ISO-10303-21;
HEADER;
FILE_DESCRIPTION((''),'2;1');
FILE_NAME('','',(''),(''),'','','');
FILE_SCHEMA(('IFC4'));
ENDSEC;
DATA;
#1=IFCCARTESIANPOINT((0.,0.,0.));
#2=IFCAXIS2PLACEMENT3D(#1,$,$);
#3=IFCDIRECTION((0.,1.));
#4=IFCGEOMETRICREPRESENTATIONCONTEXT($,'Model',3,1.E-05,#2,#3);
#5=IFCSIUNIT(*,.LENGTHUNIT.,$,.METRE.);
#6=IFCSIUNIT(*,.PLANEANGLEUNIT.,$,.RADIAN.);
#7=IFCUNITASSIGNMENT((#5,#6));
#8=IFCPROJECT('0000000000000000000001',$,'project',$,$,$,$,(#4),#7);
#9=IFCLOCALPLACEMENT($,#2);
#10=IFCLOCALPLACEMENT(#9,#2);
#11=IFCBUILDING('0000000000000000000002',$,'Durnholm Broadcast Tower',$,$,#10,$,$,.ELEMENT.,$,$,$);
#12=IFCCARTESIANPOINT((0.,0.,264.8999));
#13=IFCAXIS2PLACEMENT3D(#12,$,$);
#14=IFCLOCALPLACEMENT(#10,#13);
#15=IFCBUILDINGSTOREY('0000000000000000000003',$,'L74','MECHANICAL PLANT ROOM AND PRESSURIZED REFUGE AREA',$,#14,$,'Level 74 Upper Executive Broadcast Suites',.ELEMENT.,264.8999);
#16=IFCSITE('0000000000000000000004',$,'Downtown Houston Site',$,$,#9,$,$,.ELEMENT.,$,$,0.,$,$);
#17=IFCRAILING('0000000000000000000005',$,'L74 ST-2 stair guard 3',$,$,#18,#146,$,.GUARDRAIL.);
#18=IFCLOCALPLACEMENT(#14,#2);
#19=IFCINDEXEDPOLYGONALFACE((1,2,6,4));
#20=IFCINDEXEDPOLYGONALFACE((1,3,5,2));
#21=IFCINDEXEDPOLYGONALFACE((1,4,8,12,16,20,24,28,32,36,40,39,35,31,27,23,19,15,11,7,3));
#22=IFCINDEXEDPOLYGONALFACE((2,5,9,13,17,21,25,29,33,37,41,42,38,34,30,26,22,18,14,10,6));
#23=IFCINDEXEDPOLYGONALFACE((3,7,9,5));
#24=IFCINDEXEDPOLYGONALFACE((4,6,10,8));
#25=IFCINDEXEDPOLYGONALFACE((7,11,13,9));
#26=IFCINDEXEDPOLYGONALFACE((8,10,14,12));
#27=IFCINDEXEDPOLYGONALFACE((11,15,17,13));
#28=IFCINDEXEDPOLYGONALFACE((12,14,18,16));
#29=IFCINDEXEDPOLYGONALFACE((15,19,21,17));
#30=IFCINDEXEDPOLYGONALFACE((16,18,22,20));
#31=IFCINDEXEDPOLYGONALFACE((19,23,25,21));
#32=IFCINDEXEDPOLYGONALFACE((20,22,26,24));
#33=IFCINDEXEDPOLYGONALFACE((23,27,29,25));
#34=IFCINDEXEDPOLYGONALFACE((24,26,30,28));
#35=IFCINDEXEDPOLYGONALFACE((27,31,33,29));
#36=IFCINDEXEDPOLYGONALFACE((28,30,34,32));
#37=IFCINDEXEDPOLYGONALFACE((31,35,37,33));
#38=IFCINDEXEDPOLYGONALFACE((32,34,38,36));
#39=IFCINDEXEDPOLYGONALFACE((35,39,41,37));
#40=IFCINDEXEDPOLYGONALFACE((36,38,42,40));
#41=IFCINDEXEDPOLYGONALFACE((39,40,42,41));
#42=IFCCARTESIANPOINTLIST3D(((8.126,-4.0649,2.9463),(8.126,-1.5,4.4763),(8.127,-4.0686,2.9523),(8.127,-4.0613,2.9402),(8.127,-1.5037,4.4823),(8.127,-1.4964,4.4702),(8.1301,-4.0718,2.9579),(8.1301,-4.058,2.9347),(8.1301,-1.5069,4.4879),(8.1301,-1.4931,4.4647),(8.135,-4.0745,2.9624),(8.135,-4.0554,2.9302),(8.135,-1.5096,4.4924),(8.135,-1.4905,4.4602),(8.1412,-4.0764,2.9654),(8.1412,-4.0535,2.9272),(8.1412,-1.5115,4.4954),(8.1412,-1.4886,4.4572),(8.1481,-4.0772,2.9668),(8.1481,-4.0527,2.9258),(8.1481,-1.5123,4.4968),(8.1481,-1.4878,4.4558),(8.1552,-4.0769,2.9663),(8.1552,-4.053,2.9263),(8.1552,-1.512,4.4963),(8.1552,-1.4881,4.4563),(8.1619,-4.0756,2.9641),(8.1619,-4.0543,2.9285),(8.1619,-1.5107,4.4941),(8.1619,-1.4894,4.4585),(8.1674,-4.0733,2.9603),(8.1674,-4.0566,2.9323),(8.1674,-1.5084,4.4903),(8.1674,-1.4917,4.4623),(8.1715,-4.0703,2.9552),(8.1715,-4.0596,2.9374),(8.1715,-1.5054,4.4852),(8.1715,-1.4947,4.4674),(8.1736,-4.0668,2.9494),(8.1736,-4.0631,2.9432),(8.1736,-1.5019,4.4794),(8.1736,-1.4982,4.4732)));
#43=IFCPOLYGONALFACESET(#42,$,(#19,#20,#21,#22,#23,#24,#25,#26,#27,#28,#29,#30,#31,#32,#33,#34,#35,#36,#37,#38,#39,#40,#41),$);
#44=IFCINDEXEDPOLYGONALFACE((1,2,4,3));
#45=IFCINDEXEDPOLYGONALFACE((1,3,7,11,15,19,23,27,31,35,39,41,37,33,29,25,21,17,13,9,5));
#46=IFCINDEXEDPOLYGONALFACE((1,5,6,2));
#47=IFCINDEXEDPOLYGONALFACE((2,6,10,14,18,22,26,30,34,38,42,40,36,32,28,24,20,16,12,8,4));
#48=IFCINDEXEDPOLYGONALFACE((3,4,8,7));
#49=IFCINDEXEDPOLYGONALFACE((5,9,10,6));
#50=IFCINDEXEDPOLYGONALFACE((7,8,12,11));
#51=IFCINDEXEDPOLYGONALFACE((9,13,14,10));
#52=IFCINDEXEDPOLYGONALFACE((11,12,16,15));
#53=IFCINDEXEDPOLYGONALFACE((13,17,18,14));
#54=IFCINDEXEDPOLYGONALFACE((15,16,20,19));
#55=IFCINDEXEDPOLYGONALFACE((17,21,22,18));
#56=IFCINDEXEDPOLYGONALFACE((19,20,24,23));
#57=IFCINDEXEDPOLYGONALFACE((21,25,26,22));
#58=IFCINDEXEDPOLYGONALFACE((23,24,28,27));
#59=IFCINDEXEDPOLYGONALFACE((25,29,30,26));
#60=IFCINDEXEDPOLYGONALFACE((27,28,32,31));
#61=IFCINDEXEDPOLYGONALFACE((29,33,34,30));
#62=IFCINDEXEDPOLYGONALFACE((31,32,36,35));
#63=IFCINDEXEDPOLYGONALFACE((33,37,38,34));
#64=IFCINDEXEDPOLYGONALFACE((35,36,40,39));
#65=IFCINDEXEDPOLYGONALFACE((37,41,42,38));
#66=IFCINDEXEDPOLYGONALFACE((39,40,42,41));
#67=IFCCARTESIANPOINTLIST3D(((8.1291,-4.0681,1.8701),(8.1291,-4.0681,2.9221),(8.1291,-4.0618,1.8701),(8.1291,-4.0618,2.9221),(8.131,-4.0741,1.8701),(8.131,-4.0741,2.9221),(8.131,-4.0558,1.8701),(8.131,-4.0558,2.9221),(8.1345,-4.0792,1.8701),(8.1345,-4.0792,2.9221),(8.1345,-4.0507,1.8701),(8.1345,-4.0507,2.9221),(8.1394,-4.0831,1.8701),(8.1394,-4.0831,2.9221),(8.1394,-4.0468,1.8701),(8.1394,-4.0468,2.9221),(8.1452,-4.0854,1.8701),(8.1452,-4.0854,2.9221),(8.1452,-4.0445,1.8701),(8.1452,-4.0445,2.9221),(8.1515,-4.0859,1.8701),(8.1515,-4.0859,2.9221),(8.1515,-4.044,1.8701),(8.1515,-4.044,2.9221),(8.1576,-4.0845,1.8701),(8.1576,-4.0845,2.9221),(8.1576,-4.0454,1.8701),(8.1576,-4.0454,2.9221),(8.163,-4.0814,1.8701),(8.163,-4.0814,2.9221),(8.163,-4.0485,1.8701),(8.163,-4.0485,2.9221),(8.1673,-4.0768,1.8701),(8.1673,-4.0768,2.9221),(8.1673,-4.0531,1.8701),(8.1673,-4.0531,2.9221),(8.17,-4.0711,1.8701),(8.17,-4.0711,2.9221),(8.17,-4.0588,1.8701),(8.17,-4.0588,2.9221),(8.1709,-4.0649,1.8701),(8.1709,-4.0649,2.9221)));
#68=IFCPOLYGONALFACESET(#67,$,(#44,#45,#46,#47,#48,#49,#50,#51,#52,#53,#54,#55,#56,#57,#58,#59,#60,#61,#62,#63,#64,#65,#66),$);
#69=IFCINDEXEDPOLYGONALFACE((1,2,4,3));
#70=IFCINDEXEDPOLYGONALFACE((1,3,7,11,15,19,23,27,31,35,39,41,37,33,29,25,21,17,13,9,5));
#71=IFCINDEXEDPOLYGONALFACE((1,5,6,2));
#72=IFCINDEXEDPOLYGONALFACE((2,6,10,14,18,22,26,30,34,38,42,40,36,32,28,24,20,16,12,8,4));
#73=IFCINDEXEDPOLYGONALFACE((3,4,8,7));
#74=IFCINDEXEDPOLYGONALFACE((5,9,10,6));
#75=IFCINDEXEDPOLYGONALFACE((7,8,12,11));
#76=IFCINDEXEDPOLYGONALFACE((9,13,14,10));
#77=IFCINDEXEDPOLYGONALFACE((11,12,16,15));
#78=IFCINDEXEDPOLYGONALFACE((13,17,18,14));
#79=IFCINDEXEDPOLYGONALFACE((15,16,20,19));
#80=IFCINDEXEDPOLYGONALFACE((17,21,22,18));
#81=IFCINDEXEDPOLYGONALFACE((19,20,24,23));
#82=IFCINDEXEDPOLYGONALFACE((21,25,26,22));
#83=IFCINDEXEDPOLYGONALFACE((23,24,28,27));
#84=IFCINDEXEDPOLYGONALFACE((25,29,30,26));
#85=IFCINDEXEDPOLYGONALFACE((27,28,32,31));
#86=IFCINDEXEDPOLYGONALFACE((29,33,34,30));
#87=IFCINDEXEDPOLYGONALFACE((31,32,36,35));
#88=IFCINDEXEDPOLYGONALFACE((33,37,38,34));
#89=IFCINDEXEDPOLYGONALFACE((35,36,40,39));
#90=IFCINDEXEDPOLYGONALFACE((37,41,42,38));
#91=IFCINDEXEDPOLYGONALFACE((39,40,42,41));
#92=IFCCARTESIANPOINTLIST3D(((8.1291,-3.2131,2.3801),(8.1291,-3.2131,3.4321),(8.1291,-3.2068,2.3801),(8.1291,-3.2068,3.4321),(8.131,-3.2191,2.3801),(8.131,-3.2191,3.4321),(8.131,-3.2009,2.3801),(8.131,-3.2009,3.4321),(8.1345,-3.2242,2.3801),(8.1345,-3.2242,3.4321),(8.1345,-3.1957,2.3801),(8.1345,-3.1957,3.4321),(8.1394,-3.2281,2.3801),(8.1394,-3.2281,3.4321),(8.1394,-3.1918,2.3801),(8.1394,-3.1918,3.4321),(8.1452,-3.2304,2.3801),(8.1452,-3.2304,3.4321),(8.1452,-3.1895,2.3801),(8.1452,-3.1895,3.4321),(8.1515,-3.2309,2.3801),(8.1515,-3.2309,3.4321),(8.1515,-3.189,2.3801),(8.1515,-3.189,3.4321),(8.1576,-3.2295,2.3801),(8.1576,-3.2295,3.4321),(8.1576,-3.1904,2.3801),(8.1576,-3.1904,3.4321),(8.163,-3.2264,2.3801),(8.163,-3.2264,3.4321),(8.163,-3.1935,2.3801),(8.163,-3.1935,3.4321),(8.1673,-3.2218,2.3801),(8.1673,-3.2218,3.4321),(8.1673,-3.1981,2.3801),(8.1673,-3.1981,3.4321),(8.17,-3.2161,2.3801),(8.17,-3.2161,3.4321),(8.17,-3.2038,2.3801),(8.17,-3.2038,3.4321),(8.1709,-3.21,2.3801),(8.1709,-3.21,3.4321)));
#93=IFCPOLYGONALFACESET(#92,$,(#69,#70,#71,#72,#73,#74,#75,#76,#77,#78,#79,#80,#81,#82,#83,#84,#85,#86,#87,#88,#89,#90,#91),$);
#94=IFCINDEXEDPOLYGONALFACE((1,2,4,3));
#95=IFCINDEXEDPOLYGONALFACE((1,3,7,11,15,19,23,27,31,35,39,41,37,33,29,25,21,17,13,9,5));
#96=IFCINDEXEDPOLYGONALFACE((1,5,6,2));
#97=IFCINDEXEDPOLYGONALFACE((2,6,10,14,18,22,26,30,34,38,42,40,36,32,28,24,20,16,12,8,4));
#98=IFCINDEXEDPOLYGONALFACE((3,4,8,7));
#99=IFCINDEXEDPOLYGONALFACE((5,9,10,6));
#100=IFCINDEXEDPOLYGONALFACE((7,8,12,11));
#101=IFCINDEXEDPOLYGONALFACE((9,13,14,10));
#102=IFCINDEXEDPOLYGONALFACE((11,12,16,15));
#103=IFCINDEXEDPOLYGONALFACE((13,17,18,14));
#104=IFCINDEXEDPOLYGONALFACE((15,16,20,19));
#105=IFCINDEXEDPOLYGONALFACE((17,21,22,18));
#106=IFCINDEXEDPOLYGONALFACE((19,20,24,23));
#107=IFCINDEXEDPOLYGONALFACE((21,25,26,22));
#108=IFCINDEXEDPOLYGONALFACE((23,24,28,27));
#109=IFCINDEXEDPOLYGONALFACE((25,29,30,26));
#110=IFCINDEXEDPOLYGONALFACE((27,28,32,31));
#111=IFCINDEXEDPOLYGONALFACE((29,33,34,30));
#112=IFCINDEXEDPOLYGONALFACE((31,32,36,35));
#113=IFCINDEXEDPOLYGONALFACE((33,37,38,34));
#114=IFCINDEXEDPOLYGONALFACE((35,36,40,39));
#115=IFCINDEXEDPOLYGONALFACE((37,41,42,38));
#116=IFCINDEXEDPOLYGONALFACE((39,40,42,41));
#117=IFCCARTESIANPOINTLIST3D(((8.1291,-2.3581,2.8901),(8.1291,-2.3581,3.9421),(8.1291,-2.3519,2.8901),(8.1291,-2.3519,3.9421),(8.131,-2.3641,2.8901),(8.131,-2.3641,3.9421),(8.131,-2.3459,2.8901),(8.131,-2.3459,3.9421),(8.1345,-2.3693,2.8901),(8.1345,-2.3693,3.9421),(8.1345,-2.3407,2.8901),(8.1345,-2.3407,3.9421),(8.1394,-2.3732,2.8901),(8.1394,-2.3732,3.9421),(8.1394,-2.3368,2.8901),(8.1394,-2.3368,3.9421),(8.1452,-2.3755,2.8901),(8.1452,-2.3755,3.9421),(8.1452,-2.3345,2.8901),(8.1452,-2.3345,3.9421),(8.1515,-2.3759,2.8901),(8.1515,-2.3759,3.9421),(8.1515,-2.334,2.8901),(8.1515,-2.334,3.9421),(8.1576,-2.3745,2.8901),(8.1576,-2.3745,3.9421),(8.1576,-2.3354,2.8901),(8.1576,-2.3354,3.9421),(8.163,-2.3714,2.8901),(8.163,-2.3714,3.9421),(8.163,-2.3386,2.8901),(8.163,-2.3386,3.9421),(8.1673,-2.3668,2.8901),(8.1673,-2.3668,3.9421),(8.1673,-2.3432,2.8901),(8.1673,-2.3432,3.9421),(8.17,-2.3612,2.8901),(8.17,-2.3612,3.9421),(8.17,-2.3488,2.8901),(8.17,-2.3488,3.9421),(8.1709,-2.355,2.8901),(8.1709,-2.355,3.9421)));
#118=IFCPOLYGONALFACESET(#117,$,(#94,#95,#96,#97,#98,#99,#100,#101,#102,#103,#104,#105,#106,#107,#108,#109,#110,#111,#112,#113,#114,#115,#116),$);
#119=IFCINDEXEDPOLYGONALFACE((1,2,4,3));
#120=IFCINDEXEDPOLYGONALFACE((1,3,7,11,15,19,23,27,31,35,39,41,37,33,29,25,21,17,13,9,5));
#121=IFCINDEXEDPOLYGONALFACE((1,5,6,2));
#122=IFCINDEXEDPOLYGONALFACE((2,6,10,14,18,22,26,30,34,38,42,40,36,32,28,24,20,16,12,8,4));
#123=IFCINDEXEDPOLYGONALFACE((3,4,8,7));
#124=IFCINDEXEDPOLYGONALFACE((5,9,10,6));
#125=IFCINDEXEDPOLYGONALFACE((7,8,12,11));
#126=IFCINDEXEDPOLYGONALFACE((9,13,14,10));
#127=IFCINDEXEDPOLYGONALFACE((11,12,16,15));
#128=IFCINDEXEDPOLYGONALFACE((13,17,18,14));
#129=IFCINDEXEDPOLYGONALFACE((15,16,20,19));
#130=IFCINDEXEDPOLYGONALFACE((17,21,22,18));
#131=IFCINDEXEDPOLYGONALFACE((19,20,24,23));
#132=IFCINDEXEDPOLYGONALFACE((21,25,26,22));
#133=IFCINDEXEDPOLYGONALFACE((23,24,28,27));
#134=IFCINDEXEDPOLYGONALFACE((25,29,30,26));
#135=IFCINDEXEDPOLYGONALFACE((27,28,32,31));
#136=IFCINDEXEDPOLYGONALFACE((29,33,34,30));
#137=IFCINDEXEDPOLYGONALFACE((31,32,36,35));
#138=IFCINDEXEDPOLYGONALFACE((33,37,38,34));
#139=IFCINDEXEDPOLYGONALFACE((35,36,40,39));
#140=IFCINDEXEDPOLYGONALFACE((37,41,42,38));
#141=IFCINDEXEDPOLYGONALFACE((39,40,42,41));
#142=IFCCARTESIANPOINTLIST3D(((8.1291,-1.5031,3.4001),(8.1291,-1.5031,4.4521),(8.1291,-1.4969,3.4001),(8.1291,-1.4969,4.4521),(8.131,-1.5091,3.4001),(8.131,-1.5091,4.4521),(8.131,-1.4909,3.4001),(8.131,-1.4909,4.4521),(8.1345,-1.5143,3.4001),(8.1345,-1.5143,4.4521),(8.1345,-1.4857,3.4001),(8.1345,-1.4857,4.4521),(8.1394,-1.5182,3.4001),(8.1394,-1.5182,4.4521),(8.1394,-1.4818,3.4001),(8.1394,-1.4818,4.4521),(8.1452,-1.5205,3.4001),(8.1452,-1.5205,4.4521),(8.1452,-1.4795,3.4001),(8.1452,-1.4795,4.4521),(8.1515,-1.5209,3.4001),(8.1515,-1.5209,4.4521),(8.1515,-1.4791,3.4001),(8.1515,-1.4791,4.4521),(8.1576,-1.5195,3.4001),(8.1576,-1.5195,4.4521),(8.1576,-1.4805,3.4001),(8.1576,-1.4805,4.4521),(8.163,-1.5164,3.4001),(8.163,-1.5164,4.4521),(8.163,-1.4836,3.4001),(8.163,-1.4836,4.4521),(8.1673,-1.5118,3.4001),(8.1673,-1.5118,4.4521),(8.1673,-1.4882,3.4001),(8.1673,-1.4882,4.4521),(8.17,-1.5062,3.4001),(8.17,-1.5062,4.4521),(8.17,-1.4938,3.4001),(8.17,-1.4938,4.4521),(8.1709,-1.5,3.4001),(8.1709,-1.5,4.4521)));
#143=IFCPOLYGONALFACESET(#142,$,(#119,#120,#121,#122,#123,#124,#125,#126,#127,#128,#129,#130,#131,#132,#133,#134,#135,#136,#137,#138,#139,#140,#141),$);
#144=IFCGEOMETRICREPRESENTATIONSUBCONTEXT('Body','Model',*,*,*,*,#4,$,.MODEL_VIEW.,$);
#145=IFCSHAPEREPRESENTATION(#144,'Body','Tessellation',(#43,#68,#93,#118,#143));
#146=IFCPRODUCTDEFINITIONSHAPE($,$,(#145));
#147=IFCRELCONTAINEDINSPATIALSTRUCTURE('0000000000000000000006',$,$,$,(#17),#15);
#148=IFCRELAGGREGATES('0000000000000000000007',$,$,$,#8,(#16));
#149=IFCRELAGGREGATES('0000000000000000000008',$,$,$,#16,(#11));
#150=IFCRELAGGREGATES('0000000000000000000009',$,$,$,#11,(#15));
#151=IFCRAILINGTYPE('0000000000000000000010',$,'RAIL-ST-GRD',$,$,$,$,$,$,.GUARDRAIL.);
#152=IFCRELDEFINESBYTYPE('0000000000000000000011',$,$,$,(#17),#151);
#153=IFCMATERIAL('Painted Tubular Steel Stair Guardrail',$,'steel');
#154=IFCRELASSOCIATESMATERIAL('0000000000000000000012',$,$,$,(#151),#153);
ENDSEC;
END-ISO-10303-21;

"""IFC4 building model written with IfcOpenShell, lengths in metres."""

from ifc_helpers import new_model, si_unit, direction, frame, origin, origin_2d, place, context, subcontext, project, spatial, circle, extrude, material, type_object, element, save


model = new_model("IFC4")

# Units and contexts
model_context = context("Model", 3, precision=1e-05, world=origin(), true_north=direction((0.0, 1.0)))
body_context = subcontext(model_context, "Body", "Model", "MODEL_VIEW")
ifc_project = project(units=[si_unit("LENGTHUNIT", "METRE"), si_unit("PLANEANGLEUNIT", "RADIAN")], contexts=[model_context])

# Site, building, storey
site_placement = place(None, origin())
site = spatial("IfcSite", under=ifc_project, at=site_placement, Name="Downtown Houston Site", CompositionType="ELEMENT", RefElevation=0.0)
building_placement = place(site_placement, origin())
building = spatial("IfcBuilding", under=site, at=building_placement, Name="Durnholm Broadcast Tower", CompositionType="ELEMENT")
storey_placement = place(building_placement, frame((0.0, 0.0, 264.8999)))
storey = spatial("IfcBuildingStorey", under=building, at=storey_placement, Name="L74", Description="MECHANICAL PLANT ROOM AND PRESSURIZED REFUGE AREA", LongName="Level 74 Upper Executive Broadcast Suites", CompositionType="ELEMENT", Elevation=264.8999)

# Railing
ifc_material_1 = material(Name="Painted Tubular Steel Stair Guardrail", Category="steel")
railing_type_1 = type_object("IfcRailingType", Name="RAIL-ST-GRD", PredefinedType="GUARDRAIL", material=ifc_material_1)
railing_1_placement = place(storey_placement, frame((8.1499, -4.0649, 1.8701)))
element("IfcRailing", 1, at=railing_1_placement, inside=storey, type_object=railing_type_1, Name="L74 ST-2 stair guard 3", PredefinedType="GUARDRAIL", context=body_context, shape_type="SweptSolid", body=[
    extrude(circle(Radius=0.0239, at=origin_2d()), frame((0.0, 0.0, 1.0762), z_axis=(0.0, 0.85881, 0.512294), x_axis=(-1.0, 0.0, 0.0)), (0.0, 0.0, 1.0), 2.9866),
    extrude(circle(Radius=0.021, at=origin_2d()), origin(), (0.0, 0.0, 1.0), 1.052),
    extrude(circle(Radius=0.021, at=origin_2d()), frame((0.0, 0.855, 0.51)), (0.0, 0.0, 1.0), 1.052),
    extrude(circle(Radius=0.021, at=origin_2d()), frame((0.0, 1.71, 1.02)), (0.0, 0.0, 1.0), 1.052),
    extrude(circle(Radius=0.021, at=origin_2d()), frame((0.0, 2.5649, 1.53)), (0.0, 0.0, 1.0), 1.052),
])

save(model, "model.ifc")
